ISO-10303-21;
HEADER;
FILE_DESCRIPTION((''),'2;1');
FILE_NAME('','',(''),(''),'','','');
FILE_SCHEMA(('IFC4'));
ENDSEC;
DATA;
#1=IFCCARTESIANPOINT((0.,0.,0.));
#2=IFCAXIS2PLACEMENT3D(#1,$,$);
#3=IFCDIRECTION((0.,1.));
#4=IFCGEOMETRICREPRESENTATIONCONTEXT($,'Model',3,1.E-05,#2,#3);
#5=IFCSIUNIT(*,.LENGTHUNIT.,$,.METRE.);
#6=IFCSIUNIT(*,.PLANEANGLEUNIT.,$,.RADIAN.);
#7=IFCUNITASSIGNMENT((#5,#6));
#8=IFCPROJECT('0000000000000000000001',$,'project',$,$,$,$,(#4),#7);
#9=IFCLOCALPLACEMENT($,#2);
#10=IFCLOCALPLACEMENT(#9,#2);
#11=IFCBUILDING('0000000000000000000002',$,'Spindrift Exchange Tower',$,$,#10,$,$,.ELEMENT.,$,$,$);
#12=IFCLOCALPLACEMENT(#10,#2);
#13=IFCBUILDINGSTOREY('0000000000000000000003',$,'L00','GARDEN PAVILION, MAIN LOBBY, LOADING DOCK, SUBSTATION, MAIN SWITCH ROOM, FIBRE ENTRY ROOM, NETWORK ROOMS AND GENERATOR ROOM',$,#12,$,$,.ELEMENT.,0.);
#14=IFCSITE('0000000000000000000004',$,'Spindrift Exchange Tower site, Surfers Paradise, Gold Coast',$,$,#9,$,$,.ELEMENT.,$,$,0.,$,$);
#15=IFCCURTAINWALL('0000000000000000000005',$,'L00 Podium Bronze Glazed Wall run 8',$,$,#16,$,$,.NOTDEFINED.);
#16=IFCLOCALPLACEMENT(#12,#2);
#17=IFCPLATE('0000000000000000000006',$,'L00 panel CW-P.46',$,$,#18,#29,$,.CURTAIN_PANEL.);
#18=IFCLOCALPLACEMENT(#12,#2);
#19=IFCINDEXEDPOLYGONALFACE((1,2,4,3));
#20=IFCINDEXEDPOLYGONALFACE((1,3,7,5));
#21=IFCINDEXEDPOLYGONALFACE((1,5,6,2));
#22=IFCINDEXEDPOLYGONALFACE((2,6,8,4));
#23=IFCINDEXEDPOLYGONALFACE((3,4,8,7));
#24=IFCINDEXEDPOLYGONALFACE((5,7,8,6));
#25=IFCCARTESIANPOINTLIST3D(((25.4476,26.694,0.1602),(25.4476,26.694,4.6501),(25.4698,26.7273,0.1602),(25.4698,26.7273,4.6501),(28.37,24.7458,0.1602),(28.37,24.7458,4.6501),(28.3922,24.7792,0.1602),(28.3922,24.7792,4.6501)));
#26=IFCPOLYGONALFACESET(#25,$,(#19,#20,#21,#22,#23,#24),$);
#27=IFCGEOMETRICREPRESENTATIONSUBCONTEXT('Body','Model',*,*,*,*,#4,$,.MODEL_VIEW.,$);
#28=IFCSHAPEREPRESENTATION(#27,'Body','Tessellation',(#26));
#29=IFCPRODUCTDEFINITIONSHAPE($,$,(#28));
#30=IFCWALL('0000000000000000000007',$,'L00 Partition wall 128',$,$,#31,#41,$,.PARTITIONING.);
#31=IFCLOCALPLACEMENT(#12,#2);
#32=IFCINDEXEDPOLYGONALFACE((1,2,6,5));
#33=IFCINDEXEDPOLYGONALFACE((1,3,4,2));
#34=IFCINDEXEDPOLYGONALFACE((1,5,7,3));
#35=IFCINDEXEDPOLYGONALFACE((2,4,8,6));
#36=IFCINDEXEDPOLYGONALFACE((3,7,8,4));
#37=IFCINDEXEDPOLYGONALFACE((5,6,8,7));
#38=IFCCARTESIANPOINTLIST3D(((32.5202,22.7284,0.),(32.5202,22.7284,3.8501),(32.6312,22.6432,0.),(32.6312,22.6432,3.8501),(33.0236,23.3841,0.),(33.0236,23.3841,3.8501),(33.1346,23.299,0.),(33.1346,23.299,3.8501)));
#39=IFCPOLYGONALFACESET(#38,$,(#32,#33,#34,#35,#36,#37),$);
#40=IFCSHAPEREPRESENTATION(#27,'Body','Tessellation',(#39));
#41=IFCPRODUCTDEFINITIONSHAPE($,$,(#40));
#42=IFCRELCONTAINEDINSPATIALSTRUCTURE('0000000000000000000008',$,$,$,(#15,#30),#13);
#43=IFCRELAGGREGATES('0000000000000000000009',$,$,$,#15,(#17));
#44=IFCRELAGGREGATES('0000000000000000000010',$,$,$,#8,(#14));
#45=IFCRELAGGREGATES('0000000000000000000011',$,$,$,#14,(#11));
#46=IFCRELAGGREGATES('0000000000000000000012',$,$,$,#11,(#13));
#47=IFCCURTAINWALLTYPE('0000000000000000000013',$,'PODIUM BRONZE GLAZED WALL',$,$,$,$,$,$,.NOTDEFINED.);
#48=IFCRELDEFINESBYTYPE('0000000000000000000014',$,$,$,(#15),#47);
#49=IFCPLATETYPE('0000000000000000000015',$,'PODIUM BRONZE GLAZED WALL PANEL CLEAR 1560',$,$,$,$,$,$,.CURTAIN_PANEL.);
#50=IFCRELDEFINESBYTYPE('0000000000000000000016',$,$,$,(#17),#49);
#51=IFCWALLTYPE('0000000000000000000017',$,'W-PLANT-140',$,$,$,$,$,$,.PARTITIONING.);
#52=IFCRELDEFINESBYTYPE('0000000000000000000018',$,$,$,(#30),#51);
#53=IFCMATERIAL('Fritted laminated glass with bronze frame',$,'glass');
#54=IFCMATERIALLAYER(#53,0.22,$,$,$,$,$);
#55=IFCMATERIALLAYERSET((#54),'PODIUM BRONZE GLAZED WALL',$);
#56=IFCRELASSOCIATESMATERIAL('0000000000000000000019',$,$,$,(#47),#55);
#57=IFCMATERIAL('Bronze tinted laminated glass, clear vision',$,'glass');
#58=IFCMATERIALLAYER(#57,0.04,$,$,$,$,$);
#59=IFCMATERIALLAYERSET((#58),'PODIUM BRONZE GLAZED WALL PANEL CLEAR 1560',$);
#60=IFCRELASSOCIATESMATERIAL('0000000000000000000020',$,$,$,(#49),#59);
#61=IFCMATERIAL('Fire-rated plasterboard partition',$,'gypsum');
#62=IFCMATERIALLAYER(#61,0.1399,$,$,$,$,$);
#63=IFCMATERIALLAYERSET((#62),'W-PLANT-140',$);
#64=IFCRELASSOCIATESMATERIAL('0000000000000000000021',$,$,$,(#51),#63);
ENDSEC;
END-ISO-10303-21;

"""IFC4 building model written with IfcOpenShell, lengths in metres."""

from ifc_helpers import new_model, si_unit, direction, frame, frame_2d, origin, origin_2d, place, context, subcontext, project, spatial, rectangle, extrude, source, transform, mapped, material, layer, layer_set, type_object, element, aggregate, save


model = new_model("IFC4")

# Units and contexts
model_context = context("Model", 3, precision=1e-05, world=origin(), true_north=direction((0.0, 1.0)))
body_context = subcontext(model_context, "Body", "Model", "MODEL_VIEW")
ifc_project = project(units=[si_unit("LENGTHUNIT", "METRE"), si_unit("PLANEANGLEUNIT", "RADIAN")], contexts=[model_context])

# Site, building, storey
site_placement = place(None, origin())
site = spatial("IfcSite", under=ifc_project, at=site_placement, Name="Spindrift Exchange Tower site, Surfers Paradise, Gold Coast", CompositionType="ELEMENT", RefElevation=0.0)
building_placement = place(site_placement, origin())
building = spatial("IfcBuilding", under=site, at=building_placement, Name="Spindrift Exchange Tower", CompositionType="ELEMENT")
storey_placement = place(building_placement, origin())
storey = spatial("IfcBuildingStorey", under=building, at=storey_placement, Name="L00", Description="GARDEN PAVILION, MAIN LOBBY, LOADING DOCK, SUBSTATION, MAIN SWITCH ROOM, FIBRE ENTRY ROOM, NETWORK ROOMS AND GENERATOR ROOM", CompositionType="ELEMENT", Elevation=0.0)

# Curtain wall
ifc_material_1 = material(Name="Fritted laminated glass with bronze frame", Category="glass")
ifc_layer_1 = layer(ifc_material_1, 0.22)
ifc_layer_set_1 = layer_set([ifc_layer_1], Name="PODIUM BRONZE GLAZED WALL")
curtain_wall_type = type_object("IfcCurtainWallType", Name="PODIUM BRONZE GLAZED WALL", PredefinedType="NOTDEFINED", material=ifc_layer_set_1)
curtain_wall_1_placement = place(storey_placement, origin())
curtain_wall_1 = element("IfcCurtainWall", 1, at=curtain_wall_1_placement, inside=storey, type_object=curtain_wall_type, Name="L00 Podium Bronze Glazed Wall run 8", PredefinedType="NOTDEFINED")

# Plate
ifc_material_2 = material(Name="Bronze tinted laminated glass, clear vision", Category="glass")
ifc_layer_2 = layer(ifc_material_2, 0.04)
ifc_layer_set_2 = layer_set([ifc_layer_2], Name="PODIUM BRONZE GLAZED WALL PANEL CLEAR 1560")
plate_type_1 = type_object("IfcPlateType", Name="PODIUM BRONZE GLAZED WALL PANEL CLEAR 1560", PredefinedType="CURTAIN_PANEL", material=ifc_layer_set_2)
shared_shape_1 = source(origin(), body_context, "Body", "SweptSolid", [
    extrude(rectangle(XDim=3.5122, YDim=0.04, at=origin_2d()), origin(), (0.0, 0.0, 1.0), 4.49),
])
plate_1_placement = place(storey_placement, frame((26.9199, 25.7366, 0.1602), z_axis=(0.0, 0.0, 1.0), x_axis=(0.832067, -0.554675, 0.0)))
plate_1 = element("IfcPlate", 2, at=plate_1_placement, type_object=plate_type_1, Name="L00 panel CW-P.46", PredefinedType="CURTAIN_PANEL", context=body_context, shape_type="MappedRepresentation", body=[
    mapped(shared_shape_1, transform((0.0, 0.0, 0.0), scale=1.0)),
])
aggregate(curtain_wall_1, [plate_1])

# Wall
ifc_material_3 = material(Name="Fire-rated plasterboard partition", Category="gypsum")
ifc_layer_3 = layer(ifc_material_3, 0.1399)
ifc_layer_set_3 = layer_set([ifc_layer_3], Name="W-PLANT-140")
wall_type = type_object("IfcWallType", Name="W-PLANT-140", PredefinedType="PARTITIONING", material=ifc_layer_set_3)
wall_placement = place(storey_placement, frame((33.0791, 23.3416, 0.0), z_axis=(0.0, 0.0, 1.0), x_axis=(-0.60894, -0.793216, 0.0)))
element("IfcWall", 3, at=wall_placement, inside=storey, type_object=wall_type, Name="L00 Partition wall 128", PredefinedType="PARTITIONING", context=body_context, shape_type="SweptSolid", body=[
    extrude(rectangle(XDim=0.8267, YDim=0.1399, at=frame_2d((0.4133, 0.0))), origin(), (0.0, 0.0, 1.0), 3.8501),
])

save(model, "model.ifc")
